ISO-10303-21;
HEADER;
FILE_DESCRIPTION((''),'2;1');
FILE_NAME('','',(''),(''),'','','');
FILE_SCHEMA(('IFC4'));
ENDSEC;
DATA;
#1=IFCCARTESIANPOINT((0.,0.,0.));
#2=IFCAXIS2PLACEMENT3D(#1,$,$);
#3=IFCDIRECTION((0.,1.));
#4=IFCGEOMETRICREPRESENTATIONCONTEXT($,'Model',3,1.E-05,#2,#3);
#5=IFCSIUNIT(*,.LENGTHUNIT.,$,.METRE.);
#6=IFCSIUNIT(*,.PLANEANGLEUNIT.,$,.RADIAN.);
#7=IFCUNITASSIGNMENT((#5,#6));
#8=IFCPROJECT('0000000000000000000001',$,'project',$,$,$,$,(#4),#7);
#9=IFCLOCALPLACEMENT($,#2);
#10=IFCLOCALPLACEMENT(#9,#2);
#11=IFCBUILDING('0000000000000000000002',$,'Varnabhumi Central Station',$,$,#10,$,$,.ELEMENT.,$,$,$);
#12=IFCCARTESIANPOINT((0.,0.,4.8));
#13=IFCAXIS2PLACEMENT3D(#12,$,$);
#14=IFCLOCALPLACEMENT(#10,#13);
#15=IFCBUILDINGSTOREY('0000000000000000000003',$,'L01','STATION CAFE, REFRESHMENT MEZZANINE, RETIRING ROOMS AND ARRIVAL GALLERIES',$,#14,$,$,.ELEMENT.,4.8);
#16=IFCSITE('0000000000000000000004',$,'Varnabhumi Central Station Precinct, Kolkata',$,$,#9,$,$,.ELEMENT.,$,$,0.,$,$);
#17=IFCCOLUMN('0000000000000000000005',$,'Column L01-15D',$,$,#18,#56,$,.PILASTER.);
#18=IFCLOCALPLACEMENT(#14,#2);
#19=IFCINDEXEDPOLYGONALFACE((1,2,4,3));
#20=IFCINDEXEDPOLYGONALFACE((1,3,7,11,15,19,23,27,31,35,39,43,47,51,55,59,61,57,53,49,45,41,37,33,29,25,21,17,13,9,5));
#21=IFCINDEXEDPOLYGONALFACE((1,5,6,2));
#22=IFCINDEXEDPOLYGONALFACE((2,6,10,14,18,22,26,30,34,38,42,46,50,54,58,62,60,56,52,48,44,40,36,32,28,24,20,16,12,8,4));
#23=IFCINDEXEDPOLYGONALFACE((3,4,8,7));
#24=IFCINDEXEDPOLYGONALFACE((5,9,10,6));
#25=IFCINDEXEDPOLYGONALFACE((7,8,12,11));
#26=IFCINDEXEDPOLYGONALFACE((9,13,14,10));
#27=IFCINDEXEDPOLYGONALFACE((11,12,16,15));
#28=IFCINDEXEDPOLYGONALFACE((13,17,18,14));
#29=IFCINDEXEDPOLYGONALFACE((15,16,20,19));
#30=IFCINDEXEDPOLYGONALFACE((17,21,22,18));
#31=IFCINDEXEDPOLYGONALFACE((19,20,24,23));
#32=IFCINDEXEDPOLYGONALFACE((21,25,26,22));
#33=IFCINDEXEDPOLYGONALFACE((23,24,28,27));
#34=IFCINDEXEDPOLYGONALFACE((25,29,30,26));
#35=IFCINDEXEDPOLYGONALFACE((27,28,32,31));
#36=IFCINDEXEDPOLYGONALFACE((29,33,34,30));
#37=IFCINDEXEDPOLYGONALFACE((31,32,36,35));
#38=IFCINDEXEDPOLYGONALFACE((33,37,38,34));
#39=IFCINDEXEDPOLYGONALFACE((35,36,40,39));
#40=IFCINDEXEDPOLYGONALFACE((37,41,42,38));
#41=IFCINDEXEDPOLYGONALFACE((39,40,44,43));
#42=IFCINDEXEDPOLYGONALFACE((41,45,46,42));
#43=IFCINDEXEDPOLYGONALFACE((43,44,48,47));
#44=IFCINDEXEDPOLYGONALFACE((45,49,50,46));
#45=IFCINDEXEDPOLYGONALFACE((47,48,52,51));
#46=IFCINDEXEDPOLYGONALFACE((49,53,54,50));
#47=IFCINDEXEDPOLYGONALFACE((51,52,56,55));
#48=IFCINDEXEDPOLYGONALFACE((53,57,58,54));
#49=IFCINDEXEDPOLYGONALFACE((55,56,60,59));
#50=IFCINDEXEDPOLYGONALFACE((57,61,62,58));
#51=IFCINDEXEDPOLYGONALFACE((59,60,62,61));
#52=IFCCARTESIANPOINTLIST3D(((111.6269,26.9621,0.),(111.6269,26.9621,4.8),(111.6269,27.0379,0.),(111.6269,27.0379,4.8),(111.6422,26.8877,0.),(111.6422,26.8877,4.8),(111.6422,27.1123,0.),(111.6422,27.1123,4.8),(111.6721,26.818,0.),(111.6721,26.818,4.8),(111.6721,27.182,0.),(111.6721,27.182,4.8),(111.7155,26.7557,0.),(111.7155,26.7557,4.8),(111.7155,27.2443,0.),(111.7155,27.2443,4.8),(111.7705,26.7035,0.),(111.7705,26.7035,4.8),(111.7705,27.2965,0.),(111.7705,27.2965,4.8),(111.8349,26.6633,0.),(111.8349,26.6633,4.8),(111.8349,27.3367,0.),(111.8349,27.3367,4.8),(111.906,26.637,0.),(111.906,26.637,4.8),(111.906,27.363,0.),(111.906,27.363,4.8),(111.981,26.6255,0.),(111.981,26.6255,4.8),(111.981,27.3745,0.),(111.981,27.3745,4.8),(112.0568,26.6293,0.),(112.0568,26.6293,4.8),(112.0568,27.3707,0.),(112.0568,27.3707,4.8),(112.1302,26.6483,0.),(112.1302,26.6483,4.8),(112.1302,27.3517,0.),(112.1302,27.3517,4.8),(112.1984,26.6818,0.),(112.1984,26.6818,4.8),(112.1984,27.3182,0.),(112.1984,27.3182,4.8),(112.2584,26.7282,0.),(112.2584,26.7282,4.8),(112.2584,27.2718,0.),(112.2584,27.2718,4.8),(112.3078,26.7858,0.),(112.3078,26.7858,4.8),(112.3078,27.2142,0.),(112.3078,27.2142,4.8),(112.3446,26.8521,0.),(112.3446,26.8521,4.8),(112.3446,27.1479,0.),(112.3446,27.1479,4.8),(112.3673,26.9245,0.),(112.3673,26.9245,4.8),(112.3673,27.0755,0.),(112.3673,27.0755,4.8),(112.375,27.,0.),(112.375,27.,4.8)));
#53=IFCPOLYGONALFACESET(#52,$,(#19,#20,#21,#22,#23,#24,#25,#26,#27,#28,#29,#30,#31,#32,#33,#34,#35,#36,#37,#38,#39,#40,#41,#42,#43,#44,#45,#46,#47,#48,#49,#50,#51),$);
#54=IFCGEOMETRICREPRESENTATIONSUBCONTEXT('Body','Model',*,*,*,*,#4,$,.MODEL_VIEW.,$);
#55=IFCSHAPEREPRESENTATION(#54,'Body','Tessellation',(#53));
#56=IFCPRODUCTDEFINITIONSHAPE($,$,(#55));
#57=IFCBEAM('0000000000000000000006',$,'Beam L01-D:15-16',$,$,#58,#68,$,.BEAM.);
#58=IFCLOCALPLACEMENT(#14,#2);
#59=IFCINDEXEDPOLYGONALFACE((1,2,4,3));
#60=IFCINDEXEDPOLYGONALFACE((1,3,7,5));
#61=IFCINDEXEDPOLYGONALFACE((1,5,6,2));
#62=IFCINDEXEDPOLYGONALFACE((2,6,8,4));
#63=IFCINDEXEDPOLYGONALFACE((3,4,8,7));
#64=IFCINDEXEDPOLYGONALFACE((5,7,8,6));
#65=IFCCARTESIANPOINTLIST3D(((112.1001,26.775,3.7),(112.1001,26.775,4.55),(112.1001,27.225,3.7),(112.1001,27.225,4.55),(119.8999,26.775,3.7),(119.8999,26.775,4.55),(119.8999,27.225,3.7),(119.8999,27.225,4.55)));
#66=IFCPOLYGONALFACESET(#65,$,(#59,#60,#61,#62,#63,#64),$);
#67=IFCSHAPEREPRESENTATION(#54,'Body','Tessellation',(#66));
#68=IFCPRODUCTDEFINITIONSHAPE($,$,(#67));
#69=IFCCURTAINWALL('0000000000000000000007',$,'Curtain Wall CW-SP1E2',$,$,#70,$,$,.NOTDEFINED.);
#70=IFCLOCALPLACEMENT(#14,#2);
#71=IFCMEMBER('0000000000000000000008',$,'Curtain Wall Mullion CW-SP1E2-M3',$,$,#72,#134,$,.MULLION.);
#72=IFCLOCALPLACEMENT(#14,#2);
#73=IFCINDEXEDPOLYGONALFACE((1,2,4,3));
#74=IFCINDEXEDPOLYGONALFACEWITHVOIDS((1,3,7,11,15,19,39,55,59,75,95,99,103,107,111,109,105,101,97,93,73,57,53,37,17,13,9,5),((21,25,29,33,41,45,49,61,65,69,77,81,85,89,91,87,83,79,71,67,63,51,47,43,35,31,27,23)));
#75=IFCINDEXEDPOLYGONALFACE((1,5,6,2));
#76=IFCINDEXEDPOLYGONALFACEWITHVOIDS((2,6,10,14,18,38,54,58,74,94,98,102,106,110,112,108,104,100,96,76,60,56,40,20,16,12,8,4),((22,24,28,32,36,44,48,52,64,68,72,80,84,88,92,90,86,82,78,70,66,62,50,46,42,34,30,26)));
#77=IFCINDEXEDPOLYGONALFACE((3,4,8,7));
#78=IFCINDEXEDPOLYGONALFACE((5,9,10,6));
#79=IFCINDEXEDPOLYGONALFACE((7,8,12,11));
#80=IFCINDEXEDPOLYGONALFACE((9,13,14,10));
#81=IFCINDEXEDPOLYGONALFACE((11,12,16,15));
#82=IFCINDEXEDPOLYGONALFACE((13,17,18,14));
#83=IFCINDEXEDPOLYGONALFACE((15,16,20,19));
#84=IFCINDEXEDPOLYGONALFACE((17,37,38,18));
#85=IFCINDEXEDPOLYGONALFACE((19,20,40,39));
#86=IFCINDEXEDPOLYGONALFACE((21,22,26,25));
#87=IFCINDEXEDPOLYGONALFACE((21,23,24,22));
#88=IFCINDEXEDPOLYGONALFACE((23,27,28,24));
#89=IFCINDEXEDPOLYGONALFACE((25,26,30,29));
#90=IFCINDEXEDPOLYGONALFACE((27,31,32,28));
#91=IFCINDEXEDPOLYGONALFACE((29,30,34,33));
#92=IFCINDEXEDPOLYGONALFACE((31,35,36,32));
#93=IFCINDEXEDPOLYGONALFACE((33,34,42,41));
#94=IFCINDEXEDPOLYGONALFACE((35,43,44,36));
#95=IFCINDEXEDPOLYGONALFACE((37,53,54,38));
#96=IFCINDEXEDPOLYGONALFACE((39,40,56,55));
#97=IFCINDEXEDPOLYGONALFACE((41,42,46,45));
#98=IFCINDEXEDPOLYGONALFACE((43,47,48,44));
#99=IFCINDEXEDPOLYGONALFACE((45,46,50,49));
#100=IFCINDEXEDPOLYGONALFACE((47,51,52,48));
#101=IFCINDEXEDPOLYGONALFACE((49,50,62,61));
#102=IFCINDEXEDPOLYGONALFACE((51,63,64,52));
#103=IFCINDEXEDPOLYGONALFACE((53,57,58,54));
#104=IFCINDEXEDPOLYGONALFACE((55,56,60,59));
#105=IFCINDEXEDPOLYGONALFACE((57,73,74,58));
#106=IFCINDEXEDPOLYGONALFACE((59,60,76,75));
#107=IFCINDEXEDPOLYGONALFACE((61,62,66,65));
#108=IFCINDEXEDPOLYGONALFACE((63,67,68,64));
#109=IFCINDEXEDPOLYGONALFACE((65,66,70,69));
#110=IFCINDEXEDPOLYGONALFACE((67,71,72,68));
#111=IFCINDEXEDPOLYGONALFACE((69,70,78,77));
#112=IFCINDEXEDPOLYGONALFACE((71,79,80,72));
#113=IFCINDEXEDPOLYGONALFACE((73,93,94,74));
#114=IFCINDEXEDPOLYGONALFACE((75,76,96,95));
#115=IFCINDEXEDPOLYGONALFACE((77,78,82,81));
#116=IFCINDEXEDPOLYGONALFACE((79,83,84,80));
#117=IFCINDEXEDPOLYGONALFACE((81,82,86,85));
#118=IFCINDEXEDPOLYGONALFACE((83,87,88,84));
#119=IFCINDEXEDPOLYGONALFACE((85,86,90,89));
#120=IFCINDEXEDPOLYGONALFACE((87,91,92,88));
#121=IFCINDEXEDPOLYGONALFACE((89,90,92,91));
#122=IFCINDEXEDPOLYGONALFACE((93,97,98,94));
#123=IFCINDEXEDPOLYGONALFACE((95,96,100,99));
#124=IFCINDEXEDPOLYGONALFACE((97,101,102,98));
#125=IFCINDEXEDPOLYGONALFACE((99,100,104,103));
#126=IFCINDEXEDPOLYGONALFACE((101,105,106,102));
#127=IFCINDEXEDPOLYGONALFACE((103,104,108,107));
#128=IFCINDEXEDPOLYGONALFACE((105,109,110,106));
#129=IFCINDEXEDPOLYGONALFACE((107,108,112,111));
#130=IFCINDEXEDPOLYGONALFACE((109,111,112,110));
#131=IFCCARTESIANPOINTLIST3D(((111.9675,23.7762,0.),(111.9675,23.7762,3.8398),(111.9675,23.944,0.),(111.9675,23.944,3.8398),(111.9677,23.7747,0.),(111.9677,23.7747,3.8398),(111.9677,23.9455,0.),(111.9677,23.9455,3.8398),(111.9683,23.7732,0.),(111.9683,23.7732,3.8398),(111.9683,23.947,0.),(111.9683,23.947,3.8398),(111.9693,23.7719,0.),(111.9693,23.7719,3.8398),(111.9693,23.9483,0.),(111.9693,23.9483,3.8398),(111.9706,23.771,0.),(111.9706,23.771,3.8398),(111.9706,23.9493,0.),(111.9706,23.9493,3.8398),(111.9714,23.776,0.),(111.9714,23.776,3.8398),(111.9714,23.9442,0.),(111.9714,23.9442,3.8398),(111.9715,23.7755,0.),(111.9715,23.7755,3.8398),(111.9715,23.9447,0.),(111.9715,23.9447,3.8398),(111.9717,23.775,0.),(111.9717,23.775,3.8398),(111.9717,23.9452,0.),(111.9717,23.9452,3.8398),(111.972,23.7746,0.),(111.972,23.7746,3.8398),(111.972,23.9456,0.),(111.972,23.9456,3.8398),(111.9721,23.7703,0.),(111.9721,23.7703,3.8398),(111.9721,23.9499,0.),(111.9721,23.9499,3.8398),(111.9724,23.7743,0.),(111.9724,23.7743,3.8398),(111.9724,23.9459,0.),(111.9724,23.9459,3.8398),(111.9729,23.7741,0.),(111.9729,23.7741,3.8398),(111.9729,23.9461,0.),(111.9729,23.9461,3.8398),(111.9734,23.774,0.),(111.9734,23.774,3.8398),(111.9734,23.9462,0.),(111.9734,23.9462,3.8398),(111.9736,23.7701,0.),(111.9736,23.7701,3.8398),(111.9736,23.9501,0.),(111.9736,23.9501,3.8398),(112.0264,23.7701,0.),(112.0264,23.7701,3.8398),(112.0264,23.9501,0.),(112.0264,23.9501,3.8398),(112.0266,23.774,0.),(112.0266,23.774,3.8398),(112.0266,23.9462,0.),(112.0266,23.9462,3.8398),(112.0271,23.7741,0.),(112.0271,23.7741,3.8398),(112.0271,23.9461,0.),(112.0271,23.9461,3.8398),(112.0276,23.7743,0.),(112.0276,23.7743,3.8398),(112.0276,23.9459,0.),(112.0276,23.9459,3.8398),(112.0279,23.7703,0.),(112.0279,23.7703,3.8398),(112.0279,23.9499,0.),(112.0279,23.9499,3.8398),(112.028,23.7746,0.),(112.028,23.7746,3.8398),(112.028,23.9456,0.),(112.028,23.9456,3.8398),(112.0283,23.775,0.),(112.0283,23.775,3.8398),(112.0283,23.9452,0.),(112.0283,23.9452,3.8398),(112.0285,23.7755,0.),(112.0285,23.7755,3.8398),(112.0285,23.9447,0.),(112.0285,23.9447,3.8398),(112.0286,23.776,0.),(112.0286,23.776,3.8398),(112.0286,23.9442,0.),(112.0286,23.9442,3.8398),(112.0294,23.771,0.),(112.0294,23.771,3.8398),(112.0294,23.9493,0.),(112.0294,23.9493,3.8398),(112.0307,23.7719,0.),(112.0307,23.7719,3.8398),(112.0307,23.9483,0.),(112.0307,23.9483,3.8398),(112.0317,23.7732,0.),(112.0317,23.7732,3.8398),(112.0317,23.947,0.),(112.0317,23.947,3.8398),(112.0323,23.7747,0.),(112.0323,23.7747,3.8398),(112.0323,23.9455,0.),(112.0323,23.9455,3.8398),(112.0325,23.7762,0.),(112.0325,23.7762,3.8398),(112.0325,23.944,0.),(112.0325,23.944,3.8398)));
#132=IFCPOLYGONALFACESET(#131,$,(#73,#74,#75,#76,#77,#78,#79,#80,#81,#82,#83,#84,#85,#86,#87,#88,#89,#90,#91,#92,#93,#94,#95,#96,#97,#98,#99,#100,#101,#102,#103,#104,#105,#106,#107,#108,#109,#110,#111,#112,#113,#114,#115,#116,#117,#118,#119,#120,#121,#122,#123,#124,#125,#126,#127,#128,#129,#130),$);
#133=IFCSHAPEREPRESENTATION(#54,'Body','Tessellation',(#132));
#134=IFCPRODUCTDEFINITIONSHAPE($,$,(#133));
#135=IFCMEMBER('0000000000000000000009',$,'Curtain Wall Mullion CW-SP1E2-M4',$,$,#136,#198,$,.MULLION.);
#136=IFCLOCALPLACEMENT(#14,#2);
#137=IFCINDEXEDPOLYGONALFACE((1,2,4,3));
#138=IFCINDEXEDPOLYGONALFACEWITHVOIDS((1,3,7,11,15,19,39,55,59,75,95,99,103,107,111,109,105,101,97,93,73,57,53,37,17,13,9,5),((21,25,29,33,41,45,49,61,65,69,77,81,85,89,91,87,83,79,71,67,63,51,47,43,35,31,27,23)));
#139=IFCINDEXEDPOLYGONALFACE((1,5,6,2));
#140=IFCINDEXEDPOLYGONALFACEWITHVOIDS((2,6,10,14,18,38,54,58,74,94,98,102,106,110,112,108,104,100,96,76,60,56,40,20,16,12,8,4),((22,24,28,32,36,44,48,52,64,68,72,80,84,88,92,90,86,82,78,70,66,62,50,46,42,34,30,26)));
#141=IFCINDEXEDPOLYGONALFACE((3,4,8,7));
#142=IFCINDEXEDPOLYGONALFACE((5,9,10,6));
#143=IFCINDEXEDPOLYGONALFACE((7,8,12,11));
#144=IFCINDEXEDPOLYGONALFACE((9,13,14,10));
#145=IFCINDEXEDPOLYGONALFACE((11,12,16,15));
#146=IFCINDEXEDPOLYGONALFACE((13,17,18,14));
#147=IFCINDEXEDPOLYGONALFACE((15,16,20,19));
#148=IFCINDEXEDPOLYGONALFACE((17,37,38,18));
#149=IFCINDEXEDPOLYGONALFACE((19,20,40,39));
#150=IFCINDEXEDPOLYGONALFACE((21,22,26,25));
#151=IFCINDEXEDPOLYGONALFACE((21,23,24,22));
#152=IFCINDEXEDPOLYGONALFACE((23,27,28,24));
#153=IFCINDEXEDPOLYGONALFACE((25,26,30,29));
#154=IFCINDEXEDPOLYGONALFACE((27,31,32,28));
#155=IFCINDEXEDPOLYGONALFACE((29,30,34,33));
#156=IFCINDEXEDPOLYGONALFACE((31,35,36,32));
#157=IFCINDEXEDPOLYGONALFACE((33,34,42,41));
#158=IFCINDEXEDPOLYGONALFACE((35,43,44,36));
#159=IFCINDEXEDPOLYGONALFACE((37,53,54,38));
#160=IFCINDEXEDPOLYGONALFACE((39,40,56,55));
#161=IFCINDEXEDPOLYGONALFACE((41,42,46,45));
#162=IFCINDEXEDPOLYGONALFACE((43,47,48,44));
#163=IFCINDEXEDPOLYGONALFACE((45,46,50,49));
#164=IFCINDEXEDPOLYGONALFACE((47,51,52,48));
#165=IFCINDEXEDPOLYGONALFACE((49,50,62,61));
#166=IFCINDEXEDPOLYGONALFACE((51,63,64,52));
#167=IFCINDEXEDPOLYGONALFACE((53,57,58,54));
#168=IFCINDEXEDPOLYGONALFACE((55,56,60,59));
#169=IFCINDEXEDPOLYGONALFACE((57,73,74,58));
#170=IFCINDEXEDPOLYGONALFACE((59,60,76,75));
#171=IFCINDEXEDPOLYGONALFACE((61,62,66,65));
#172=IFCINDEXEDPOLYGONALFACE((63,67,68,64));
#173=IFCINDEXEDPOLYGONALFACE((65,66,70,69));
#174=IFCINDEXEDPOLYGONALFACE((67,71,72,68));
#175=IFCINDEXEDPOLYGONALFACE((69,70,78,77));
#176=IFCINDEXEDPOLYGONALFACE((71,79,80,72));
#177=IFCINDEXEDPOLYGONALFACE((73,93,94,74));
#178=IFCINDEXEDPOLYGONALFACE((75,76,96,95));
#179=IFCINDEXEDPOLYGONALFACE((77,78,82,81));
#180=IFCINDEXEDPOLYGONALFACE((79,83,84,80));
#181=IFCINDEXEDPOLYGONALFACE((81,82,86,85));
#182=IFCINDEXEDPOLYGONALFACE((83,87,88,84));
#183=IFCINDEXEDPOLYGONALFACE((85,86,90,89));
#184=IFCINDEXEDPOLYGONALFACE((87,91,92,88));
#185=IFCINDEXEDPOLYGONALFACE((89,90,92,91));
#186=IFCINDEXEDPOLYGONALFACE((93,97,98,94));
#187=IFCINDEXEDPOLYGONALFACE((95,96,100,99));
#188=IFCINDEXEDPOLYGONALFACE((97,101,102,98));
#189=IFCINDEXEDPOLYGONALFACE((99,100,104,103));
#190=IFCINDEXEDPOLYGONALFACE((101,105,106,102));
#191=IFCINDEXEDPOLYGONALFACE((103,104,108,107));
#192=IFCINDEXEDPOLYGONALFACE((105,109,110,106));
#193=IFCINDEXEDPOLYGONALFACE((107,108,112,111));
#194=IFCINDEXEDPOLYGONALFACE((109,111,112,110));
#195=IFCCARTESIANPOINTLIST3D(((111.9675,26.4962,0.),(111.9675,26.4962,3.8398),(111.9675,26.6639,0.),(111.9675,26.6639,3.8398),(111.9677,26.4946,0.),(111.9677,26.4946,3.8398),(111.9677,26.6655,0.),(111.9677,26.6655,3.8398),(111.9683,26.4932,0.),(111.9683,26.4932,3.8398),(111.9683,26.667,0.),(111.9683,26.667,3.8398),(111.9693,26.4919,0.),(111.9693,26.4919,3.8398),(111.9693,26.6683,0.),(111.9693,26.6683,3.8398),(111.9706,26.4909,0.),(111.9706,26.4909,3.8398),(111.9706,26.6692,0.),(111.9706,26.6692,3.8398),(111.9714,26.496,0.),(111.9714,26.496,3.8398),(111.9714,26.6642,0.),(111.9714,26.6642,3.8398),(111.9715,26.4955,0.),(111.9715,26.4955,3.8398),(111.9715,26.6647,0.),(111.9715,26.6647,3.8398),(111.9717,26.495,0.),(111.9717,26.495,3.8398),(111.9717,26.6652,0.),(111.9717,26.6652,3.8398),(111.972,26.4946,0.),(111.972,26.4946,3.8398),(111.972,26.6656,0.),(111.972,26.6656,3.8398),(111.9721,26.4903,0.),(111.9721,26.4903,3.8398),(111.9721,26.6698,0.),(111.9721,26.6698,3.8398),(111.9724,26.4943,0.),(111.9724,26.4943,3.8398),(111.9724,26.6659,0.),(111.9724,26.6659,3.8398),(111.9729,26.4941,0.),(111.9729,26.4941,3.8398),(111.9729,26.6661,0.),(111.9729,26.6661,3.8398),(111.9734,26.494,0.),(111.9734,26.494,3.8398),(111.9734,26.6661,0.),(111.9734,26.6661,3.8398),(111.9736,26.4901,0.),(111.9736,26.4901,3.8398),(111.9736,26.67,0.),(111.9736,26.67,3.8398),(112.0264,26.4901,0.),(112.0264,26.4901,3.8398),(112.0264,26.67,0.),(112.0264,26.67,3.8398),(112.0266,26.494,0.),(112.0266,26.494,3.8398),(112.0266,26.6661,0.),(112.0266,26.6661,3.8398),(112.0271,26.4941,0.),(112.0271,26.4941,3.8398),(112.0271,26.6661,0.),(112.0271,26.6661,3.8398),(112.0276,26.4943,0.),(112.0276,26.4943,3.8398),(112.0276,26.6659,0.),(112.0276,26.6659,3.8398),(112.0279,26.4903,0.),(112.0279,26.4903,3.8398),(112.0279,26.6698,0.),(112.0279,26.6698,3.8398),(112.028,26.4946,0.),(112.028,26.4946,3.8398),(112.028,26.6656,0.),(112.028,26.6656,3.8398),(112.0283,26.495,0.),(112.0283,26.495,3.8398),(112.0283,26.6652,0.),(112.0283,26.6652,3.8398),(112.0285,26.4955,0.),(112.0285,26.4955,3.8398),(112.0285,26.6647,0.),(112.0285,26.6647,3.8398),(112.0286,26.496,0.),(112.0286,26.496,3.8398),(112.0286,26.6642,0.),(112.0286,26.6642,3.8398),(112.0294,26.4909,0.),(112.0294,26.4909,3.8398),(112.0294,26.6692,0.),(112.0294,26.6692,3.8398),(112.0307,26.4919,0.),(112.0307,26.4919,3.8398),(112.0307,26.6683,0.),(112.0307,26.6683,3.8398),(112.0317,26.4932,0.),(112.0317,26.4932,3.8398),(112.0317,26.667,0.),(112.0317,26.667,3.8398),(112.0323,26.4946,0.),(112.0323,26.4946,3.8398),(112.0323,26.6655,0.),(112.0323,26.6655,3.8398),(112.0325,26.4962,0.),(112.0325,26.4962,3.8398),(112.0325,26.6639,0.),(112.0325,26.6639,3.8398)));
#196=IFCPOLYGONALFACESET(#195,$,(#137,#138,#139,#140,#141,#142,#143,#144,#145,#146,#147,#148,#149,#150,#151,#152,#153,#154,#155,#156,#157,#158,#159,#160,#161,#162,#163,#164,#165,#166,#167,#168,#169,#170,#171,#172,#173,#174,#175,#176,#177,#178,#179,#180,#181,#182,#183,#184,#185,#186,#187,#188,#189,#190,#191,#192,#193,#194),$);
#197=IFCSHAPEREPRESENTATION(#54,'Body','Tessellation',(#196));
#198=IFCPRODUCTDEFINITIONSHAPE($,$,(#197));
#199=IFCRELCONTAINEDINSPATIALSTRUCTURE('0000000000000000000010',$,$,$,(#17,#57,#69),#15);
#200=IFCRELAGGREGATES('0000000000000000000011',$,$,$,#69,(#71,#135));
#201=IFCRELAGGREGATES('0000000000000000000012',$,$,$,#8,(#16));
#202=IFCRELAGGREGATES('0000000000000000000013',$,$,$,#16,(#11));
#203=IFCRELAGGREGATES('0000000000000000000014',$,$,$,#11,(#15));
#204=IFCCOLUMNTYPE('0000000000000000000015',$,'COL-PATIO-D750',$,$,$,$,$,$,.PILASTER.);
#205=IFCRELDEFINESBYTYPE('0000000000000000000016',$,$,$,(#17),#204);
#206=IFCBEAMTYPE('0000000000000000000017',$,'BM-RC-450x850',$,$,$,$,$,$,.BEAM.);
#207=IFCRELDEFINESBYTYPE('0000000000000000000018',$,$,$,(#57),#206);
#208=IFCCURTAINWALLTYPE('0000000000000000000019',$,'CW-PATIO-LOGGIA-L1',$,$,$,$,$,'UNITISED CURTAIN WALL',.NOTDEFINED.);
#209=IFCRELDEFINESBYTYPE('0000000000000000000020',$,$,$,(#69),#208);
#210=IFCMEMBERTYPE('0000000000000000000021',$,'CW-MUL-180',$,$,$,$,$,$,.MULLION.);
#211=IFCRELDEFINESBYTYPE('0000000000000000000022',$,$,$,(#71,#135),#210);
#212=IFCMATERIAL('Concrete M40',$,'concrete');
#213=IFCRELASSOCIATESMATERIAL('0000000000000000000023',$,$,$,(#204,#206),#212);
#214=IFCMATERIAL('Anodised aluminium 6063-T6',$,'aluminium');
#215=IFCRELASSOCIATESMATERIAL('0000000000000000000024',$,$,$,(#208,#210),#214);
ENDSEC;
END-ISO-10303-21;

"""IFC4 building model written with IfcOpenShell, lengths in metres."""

from ifc_helpers import new_model, si_unit, direction, frame, origin, origin_2d, place, context, subcontext, project, spatial, rectangle, hollow_rectangle, circle, extrude, material, material_profile, profile_set, type_object, element, aggregate, save


model = new_model("IFC4")

# Units and contexts
model_context = context("Model", 3, precision=1e-05, world=origin(), true_north=direction((0.0, 1.0)))
body_context = subcontext(model_context, "Body", "Model", "MODEL_VIEW")
ifc_project = project(units=[si_unit("LENGTHUNIT", "METRE"), si_unit("PLANEANGLEUNIT", "RADIAN")], contexts=[model_context])

# Site, building, storey
site_placement = place(None, origin())
site = spatial("IfcSite", under=ifc_project, at=site_placement, Name="Varnabhumi Central Station Precinct, Kolkata", CompositionType="ELEMENT", RefElevation=0.0)
building_placement = place(site_placement, origin())
building = spatial("IfcBuilding", under=site, at=building_placement, Name="Varnabhumi Central Station", CompositionType="ELEMENT")
storey_placement = place(building_placement, frame((0.0, 0.0, 4.8)))
storey = spatial("IfcBuildingStorey", under=building, at=storey_placement, Name="L01", Description="STATION CAFE, REFRESHMENT MEZZANINE, RETIRING ROOMS AND ARRIVAL GALLERIES", CompositionType="ELEMENT", Elevation=4.8)

# Column
ifc_material_1 = material(Name="Concrete M40", Category="concrete")
ifc_material_profile_1 = material_profile(ifc_material_1, circle(Radius=0.375, at=origin_2d()), Name="Concrete M40", Category="concrete")
ifc_profile_set_1 = profile_set([ifc_material_profile_1], Name="Concrete M40")
column_type = type_object("IfcColumnType", Name="COL-PATIO-D750", PredefinedType="PILASTER", material=ifc_profile_set_1)
column_placement = place(storey_placement, frame((112.0, 27.0, 0.0), z_axis=(0.0, 0.0, 1.0), x_axis=(1.0, 0.0, 0.0)))
element("IfcColumn", 1, at=column_placement, inside=storey, type_object=column_type, Name="Column L01-15D", PredefinedType="PILASTER", context=body_context, shape_type="SweptSolid", body=[
    extrude(circle(Radius=0.375, at=origin_2d()), origin(), (0.0, 0.0, 1.0), 4.8),
])

# Beam
ifc_material_profile_2 = material_profile(ifc_material_1, rectangle(XDim=0.45, YDim=0.8501, at=origin_2d()), Name="Concrete M40", Category="concrete")
ifc_profile_set_2 = profile_set([ifc_material_profile_2], Name="Concrete M40")
beam_type = type_object("IfcBeamType", Name="BM-RC-450x850", PredefinedType="BEAM", material=ifc_profile_set_2)
beam_placement = place(storey_placement, frame((112.1001, 27.0, 4.125), z_axis=(1.0, 0.0, 0.0), x_axis=(0.0, 1.0, 0.0)))
element("IfcBeam", 2, at=beam_placement, inside=storey, type_object=beam_type, Name="Beam L01-D:15-16", PredefinedType="BEAM", context=body_context, shape_type="SweptSolid", body=[
    extrude(rectangle(XDim=0.45, YDim=0.8501, at=origin_2d()), origin(), (0.0, 0.0, 1.0), 7.7998),
])

# Curtain wall, members
ifc_material_2 = material(Name="Anodised aluminium 6063-T6", Category="aluminium")
curtain_wall_type = type_object("IfcCurtainWallType", Name="CW-PATIO-LOGGIA-L1", ElementType="UNITISED CURTAIN WALL", PredefinedType="NOTDEFINED", material=ifc_material_2)
curtain_wall_1_placement = place(storey_placement, origin())
curtain_wall_1 = element("IfcCurtainWall", 3, at=curtain_wall_1_placement, inside=storey, type_object=curtain_wall_type, Name="Curtain Wall CW-SP1E2", PredefinedType="NOTDEFINED")
ifc_material_profile_3 = material_profile(ifc_material_2, hollow_rectangle(XDim=0.0649, YDim=0.1799, WallThickness=0.0039, InnerFilletRadius=0.002, OuterFilletRadius=0.0061, at=origin_2d()), Name="Anodised aluminium 6063-T6", Category="aluminium")
ifc_profile_set_3 = profile_set([ifc_material_profile_3], Name="Anodised aluminium 6063-T6")
member_type_1 = type_object("IfcMemberType", Name="CW-MUL-180", PredefinedType="MULLION", material=ifc_profile_set_3)
member_1_placement = place(storey_placement, frame((112.0, 23.8601, 0.0), z_axis=(0.0, 0.0, 1.0), x_axis=(1.0, 0.0, 0.0)))
member_1 = element("IfcMember", 4, at=member_1_placement, type_object=member_type_1, Name="Curtain Wall Mullion CW-SP1E2-M3", PredefinedType="MULLION", context=body_context, shape_type="SweptSolid", body=[
    extrude(hollow_rectangle(XDim=0.0649, YDim=0.1799, WallThickness=0.0039, InnerFilletRadius=0.002, OuterFilletRadius=0.0061, at=origin_2d()), origin(), (0.0, 0.0, 1.0), 3.8398),
])
member_2_placement = place(storey_placement, frame((112.0, 26.5801, 0.0), z_axis=(0.0, 0.0, 1.0), x_axis=(1.0, 0.0, 0.0)))
member_2 = element("IfcMember", 5, at=member_2_placement, type_object=member_type_1, Name="Curtain Wall Mullion CW-SP1E2-M4", PredefinedType="MULLION", context=body_context, shape_type="SweptSolid", body=[
    extrude(hollow_rectangle(XDim=0.0649, YDim=0.1799, WallThickness=0.0039, InnerFilletRadius=0.002, OuterFilletRadius=0.0061, at=origin_2d()), origin(), (0.0, 0.0, 1.0), 3.8398),
])

aggregate(curtain_wall_1, [member_1, member_2])

save(model, "model.ifc")
